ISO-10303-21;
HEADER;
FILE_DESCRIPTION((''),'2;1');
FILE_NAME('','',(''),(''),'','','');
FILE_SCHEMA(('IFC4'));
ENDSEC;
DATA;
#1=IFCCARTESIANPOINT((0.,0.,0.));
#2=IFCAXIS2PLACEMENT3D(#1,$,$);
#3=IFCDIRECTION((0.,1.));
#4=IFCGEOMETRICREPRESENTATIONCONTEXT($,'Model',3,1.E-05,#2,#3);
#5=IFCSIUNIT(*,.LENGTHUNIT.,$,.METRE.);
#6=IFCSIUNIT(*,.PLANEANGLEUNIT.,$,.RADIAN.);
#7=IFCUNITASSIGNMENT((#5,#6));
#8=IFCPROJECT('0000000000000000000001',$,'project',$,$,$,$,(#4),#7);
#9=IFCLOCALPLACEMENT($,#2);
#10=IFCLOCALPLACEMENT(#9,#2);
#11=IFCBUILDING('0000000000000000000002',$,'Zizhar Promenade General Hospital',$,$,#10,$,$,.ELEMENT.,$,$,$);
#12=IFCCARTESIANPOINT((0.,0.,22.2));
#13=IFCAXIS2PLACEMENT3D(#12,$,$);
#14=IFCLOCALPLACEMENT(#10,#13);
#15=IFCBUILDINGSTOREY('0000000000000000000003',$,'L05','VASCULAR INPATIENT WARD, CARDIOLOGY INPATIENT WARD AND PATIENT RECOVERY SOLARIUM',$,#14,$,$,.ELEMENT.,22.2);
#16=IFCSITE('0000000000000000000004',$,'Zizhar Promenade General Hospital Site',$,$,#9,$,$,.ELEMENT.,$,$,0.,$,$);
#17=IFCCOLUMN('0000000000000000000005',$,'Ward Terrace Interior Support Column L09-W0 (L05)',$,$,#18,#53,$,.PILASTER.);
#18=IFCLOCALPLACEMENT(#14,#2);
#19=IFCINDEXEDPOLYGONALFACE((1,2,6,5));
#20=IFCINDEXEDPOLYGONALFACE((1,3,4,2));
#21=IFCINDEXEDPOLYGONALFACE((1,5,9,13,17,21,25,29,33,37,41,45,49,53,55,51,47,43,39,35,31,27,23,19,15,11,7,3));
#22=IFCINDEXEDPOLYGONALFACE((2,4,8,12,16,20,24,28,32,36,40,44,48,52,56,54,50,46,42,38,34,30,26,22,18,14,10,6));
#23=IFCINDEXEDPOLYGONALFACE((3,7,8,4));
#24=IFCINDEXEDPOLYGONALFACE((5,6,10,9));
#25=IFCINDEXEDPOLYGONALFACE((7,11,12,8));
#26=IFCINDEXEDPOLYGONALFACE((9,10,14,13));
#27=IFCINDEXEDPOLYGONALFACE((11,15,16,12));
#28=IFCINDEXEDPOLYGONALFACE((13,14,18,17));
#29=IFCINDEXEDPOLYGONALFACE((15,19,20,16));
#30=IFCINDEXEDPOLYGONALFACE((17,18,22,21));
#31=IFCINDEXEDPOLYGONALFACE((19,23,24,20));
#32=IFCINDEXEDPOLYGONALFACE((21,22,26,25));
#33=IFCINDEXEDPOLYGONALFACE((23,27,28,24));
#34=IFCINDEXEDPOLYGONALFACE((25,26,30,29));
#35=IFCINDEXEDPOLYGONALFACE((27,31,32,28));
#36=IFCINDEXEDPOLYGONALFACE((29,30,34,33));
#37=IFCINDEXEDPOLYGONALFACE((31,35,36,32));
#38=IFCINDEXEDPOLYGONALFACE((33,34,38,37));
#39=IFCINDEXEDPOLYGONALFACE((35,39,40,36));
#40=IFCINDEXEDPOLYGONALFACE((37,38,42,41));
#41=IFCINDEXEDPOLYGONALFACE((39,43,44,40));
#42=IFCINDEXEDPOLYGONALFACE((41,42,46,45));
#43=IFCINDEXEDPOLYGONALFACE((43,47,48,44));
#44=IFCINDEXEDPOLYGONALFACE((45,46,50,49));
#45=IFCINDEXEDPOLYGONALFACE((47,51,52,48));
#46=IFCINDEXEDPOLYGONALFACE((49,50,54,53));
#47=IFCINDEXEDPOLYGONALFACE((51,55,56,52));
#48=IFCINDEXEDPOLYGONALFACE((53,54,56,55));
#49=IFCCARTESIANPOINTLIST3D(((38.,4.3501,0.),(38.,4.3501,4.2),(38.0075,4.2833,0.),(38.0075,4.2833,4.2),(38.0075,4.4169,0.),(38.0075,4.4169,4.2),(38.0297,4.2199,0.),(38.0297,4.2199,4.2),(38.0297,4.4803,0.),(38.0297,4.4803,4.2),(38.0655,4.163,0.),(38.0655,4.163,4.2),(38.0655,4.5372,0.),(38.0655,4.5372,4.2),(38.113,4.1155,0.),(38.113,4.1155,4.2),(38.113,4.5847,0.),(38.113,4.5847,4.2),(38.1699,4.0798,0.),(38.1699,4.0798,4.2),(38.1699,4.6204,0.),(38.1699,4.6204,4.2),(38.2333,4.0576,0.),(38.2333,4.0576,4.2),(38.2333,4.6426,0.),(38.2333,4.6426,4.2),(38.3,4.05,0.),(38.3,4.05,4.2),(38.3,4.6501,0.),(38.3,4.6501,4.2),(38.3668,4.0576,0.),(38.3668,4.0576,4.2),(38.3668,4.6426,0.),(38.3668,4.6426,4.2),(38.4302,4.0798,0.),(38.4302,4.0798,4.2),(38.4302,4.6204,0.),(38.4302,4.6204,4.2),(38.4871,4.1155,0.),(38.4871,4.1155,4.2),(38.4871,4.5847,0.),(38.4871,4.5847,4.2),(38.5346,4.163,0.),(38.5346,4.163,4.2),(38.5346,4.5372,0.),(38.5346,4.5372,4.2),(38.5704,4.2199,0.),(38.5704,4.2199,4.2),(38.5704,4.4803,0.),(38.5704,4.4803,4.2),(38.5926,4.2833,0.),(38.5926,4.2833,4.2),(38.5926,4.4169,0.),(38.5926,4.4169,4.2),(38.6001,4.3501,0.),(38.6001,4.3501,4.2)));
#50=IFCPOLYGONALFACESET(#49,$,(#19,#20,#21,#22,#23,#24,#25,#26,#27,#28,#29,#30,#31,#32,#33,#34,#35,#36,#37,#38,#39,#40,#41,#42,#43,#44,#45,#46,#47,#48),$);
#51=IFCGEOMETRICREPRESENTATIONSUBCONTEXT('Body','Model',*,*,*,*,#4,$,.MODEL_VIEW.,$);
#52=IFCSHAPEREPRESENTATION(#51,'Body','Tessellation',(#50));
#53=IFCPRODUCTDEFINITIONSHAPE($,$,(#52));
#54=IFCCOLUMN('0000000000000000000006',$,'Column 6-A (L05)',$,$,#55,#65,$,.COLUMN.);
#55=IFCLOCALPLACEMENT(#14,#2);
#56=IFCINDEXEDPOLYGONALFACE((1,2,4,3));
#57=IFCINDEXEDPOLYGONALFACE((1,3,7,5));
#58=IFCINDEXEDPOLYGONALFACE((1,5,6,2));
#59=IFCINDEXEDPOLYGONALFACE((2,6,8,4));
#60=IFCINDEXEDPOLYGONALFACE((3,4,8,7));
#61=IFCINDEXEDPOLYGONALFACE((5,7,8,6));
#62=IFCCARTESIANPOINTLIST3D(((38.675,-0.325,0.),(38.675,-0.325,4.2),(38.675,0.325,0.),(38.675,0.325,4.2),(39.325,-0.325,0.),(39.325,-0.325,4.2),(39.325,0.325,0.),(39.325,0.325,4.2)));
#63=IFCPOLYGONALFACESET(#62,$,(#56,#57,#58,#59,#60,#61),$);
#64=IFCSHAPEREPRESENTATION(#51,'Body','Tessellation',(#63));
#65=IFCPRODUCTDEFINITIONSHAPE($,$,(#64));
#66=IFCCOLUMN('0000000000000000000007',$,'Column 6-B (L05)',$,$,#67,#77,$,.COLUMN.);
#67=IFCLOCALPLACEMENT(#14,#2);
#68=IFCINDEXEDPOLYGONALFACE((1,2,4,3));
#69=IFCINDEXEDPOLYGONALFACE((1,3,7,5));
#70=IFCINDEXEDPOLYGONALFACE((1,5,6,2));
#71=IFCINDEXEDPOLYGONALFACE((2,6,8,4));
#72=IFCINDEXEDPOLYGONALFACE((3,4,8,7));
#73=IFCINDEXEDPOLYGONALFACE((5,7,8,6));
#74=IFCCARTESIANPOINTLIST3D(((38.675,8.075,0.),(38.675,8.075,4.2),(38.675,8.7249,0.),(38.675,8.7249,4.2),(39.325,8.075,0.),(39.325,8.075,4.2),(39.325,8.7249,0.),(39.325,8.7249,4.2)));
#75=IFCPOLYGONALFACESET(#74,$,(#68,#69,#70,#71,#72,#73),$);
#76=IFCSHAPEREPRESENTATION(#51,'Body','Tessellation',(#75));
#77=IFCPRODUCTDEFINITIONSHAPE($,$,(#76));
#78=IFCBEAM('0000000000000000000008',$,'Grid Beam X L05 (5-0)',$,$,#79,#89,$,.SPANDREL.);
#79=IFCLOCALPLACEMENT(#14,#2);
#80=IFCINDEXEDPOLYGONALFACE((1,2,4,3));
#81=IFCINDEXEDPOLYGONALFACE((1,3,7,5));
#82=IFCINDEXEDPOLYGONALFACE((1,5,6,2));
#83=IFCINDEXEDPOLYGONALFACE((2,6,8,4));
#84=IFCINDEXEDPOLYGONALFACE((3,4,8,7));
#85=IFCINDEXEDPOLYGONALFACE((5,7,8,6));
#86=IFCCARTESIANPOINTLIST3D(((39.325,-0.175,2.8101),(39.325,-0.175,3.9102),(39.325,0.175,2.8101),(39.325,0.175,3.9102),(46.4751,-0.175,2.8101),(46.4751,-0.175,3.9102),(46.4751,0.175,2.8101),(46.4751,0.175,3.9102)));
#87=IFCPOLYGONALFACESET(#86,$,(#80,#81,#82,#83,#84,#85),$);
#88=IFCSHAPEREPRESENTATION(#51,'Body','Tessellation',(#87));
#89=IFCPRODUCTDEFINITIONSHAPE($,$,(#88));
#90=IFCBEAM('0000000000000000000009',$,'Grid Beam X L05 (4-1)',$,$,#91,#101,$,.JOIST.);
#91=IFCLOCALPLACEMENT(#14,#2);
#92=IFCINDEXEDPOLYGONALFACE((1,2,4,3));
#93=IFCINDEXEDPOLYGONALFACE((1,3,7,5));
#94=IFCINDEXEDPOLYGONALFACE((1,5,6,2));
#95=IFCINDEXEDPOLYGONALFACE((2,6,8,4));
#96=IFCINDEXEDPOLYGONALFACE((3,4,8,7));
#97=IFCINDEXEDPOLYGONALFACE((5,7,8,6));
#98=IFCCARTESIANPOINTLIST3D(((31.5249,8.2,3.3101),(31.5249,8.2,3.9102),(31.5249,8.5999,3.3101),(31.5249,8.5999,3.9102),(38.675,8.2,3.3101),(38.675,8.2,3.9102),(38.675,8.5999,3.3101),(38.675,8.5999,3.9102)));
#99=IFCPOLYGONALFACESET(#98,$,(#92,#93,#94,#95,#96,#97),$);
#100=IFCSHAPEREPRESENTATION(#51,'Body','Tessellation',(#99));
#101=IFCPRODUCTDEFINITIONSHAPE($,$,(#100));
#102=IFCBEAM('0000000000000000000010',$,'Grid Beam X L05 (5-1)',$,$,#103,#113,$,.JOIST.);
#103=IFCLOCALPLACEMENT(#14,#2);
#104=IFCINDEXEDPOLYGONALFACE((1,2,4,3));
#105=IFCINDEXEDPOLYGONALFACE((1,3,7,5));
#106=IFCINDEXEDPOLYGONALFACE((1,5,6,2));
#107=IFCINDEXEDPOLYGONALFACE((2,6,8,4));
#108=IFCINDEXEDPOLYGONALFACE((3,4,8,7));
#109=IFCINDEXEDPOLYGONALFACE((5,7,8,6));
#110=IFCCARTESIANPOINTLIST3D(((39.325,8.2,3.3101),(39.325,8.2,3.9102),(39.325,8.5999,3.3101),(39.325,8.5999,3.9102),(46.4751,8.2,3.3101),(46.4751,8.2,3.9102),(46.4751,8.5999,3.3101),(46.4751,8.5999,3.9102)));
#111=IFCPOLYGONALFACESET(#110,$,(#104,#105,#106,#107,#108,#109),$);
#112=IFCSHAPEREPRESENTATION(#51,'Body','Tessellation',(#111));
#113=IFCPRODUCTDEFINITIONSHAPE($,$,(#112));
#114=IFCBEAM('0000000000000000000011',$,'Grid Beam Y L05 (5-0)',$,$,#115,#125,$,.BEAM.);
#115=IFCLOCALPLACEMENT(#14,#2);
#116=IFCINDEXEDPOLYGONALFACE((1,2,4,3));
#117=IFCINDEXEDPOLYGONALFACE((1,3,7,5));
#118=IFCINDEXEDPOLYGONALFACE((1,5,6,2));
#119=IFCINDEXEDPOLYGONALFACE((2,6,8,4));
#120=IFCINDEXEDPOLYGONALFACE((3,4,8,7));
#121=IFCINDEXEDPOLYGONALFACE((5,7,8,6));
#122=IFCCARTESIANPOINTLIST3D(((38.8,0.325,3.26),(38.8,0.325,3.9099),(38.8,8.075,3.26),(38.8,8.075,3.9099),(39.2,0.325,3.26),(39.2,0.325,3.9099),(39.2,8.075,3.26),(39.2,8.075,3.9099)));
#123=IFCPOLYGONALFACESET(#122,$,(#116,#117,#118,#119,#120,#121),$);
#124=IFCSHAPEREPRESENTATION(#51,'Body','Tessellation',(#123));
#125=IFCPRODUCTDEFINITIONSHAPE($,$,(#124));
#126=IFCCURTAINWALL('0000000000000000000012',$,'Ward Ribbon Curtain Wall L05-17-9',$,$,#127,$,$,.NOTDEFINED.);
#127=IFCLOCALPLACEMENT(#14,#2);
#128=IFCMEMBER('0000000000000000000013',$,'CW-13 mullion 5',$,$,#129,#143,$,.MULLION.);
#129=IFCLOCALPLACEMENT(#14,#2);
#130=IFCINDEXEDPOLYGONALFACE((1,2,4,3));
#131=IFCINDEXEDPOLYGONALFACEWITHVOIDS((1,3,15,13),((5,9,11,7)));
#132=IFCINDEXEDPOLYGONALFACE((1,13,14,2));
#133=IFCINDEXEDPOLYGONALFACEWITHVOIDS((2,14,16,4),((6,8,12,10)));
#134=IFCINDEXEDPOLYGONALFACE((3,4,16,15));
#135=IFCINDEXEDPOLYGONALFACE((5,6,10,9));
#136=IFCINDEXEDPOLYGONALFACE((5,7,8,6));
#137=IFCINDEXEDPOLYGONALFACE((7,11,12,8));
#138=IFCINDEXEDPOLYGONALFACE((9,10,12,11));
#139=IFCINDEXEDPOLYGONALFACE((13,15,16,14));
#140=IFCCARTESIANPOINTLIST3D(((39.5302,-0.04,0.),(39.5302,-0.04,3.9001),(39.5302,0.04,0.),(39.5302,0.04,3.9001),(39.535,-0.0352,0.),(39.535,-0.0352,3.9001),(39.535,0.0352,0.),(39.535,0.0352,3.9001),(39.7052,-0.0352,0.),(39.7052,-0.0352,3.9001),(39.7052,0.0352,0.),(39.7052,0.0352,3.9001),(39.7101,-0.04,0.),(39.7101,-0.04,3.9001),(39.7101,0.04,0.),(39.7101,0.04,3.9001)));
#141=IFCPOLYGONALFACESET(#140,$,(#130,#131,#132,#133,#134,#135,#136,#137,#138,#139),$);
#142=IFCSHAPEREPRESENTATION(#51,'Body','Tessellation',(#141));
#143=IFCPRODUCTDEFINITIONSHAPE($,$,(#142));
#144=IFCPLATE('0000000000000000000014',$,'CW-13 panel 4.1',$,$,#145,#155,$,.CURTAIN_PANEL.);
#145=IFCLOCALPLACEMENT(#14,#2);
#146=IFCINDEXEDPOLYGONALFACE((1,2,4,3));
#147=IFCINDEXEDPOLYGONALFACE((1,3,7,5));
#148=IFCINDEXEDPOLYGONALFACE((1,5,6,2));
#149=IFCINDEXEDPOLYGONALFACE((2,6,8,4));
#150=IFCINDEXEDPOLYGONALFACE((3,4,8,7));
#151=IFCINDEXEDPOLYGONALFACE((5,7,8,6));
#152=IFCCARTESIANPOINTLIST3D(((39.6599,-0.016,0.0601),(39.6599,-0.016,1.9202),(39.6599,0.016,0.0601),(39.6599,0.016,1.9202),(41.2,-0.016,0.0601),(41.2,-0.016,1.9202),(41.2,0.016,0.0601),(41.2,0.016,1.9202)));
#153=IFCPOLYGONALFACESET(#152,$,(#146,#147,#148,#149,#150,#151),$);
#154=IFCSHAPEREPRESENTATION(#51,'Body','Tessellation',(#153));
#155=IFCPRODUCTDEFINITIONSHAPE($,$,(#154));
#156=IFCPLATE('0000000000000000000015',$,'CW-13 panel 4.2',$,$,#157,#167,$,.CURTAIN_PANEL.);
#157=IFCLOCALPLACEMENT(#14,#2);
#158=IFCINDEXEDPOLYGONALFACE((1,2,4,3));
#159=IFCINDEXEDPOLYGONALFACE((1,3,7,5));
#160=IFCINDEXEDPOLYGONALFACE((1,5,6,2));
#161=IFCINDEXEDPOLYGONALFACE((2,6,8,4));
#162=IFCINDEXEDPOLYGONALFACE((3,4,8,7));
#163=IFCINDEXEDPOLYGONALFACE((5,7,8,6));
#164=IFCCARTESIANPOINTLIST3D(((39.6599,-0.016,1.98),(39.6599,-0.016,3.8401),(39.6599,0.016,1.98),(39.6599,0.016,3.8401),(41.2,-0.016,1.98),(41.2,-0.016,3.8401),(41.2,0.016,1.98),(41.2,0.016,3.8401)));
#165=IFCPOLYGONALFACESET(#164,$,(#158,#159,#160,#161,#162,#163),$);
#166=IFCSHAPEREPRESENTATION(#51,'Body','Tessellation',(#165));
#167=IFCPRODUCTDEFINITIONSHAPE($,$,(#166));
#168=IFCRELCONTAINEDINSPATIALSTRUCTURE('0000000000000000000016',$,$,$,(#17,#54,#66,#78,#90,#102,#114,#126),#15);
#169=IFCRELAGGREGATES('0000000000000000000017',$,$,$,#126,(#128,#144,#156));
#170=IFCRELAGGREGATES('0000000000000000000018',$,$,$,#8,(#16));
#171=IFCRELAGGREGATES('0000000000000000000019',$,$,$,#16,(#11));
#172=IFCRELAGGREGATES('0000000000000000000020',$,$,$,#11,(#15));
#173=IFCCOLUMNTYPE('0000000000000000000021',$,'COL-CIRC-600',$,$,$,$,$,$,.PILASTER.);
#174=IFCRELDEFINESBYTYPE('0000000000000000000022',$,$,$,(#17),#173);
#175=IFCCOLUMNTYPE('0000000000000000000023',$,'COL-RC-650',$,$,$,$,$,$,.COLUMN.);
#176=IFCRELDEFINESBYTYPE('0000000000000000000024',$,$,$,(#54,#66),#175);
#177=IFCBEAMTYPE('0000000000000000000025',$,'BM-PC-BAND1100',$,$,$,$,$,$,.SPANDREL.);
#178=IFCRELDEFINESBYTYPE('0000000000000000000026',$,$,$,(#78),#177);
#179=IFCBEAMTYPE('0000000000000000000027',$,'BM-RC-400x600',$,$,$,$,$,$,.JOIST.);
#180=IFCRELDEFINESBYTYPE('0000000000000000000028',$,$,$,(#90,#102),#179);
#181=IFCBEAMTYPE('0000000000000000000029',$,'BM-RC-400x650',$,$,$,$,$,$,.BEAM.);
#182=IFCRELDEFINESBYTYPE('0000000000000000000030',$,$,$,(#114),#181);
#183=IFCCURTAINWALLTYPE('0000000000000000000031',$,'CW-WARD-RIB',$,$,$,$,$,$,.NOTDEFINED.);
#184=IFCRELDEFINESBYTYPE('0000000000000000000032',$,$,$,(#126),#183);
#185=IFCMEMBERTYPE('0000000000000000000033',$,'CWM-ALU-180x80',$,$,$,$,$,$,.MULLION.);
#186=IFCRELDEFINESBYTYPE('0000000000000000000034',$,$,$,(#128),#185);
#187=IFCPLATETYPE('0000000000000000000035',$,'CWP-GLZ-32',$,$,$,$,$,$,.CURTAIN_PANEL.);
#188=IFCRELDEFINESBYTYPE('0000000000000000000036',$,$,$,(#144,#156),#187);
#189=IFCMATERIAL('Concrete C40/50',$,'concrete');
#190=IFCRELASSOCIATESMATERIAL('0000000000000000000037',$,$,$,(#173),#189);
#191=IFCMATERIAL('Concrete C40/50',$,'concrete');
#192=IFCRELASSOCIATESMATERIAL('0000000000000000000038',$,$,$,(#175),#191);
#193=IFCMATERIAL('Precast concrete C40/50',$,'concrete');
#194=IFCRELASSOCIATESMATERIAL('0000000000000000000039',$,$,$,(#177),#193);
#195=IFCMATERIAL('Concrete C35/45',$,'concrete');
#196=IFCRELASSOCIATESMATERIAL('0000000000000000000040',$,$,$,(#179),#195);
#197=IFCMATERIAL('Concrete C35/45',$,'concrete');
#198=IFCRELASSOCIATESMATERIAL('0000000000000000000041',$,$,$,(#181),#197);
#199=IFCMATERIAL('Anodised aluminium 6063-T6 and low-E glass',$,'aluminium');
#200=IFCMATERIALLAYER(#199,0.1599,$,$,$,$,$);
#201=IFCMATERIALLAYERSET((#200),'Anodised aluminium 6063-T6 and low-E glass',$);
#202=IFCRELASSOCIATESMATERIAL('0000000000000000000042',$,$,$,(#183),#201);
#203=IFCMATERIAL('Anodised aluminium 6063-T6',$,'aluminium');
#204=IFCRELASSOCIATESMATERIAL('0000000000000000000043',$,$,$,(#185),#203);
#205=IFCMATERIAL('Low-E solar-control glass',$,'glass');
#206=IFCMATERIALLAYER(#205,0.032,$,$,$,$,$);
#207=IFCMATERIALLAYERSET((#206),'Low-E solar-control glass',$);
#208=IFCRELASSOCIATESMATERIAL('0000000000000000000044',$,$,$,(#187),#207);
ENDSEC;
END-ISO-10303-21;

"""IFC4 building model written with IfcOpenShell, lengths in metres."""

from ifc_helpers import new_model, si_unit, direction, frame, origin, origin_2d, place, context, subcontext, project, spatial, rectangle, hollow_rectangle, circle, extrude, material, layer, layer_set, material_profile, profile_set, type_object, element, aggregate, save


model = new_model("IFC4")

# Units and contexts
model_context = context("Model", 3, precision=1e-05, world=origin(), true_north=direction((0.0, 1.0)))
body_context = subcontext(model_context, "Body", "Model", "MODEL_VIEW")
ifc_project = project(units=[si_unit("LENGTHUNIT", "METRE"), si_unit("PLANEANGLEUNIT", "RADIAN")], contexts=[model_context])

# Site, building, storey
site_placement = place(None, origin())
site = spatial("IfcSite", under=ifc_project, at=site_placement, Name="Zizhar Promenade General Hospital Site", CompositionType="ELEMENT", RefElevation=0.0)
building_placement = place(site_placement, origin())
building = spatial("IfcBuilding", under=site, at=building_placement, Name="Zizhar Promenade General Hospital", CompositionType="ELEMENT")
storey_placement = place(building_placement, frame((0.0, 0.0, 22.2)))
storey = spatial("IfcBuildingStorey", under=building, at=storey_placement, Name="L05", Description="VASCULAR INPATIENT WARD, CARDIOLOGY INPATIENT WARD AND PATIENT RECOVERY SOLARIUM", CompositionType="ELEMENT", Elevation=22.2)

# Columns
ifc_material_1 = material(Name="Concrete C40/50", Category="concrete")
ifc_material_profile_1 = material_profile(ifc_material_1, circle(Radius=0.3, at=origin_2d()))
ifc_profile_set_1 = profile_set([ifc_material_profile_1], Name="Concrete C40/50")
column_type_1 = type_object("IfcColumnType", Name="COL-CIRC-600", PredefinedType="PILASTER", material=ifc_profile_set_1)
column_placement = place(storey_placement, frame((38.3, 4.3501, 0.0), z_axis=(0.0, 0.0, 1.0), x_axis=(1.0, 0.0, 0.0)))
element("IfcColumn", 1, at=column_placement, inside=storey, type_object=column_type_1, Name="Ward Terrace Interior Support Column L09-W0 (L05)", PredefinedType="PILASTER", context=body_context, shape_type="SweptSolid", body=[
    extrude(circle(Radius=0.3, at=origin_2d()), origin(), (0.0, 0.0, 1.0), 4.2),
])
ifc_material_2 = material(Name="Concrete C40/50", Category="concrete")
ifc_material_profile_2 = material_profile(ifc_material_2, rectangle(XDim=0.6499, YDim=0.6499, at=origin_2d()))
ifc_profile_set_2 = profile_set([ifc_material_profile_2], Name="Concrete C40/50")
column_type_2 = type_object("IfcColumnType", Name="COL-RC-650", PredefinedType="COLUMN", material=ifc_profile_set_2)
for number, where, z_axis, x_axis, name in (
    (2, (39.0, 0.0, 0.0), (0.0, 0.0, 1.0), (1.0, 0.0, 0.0), "Column 6-A (L05)"),
    (3, (39.0, 8.3999, 0.0), (0.0, 0.0, 1.0), (1.0, 0.0, 0.0), "Column 6-B (L05)"),
):
    element("IfcColumn", number, at=place(storey_placement, frame(where, z_axis=z_axis, x_axis=x_axis)), inside=storey, type_object=column_type_2, Name=name, PredefinedType="COLUMN", context=body_context, shape_type="SweptSolid", body=[
        extrude(rectangle(XDim=0.6499, YDim=0.6499, at=origin_2d()), origin(), (0.0, 0.0, 1.0), 4.2),
    ])

# Beams
ifc_material_3 = material(Name="Precast concrete C40/50", Category="concrete")
ifc_material_profile_3 = material_profile(ifc_material_3, rectangle(XDim=0.3501, YDim=1.1001, at=origin_2d()))
ifc_profile_set_3 = profile_set([ifc_material_profile_3], Name="Precast concrete C40/50")
beam_type_1 = type_object("IfcBeamType", Name="BM-PC-BAND1100", PredefinedType="SPANDREL", material=ifc_profile_set_3)
beam_1_placement = place(storey_placement, frame((39.325, 0.0, 3.3601), z_axis=(1.0, 0.0, 0.0), x_axis=(0.0, 1.0, 0.0)))
element("IfcBeam", 4, at=beam_1_placement, inside=storey, type_object=beam_type_1, Name="Grid Beam X L05 (5-0)", PredefinedType="SPANDREL", context=body_context, shape_type="SweptSolid", body=[
    extrude(rectangle(XDim=0.3501, YDim=1.1001, at=origin_2d()), origin(), (0.0, 0.0, 1.0), 7.1501),
])
ifc_material_4 = material(Name="Concrete C35/45", Category="concrete")
ifc_material_profile_4 = material_profile(ifc_material_4, rectangle(XDim=0.3999, YDim=0.6001, at=origin_2d()))
ifc_profile_set_4 = profile_set([ifc_material_profile_4], Name="Concrete C35/45")
beam_type_2 = type_object("IfcBeamType", Name="BM-RC-400x600", PredefinedType="JOIST", material=ifc_profile_set_4)
for number, where, z_axis, x_axis, name in (
    (5, (31.5249, 8.3999, 3.6101), (1.0, 0.0, 0.0), (0.0, 1.0, 0.0), "Grid Beam X L05 (4-1)"),
    (6, (39.325, 8.3999, 3.6101), (1.0, 0.0, 0.0), (0.0, 1.0, 0.0), "Grid Beam X L05 (5-1)"),
):
    element("IfcBeam", number, at=place(storey_placement, frame(where, z_axis=z_axis, x_axis=x_axis)), inside=storey, type_object=beam_type_2, Name=name, PredefinedType="JOIST", context=body_context, shape_type="SweptSolid", body=[
        extrude(rectangle(XDim=0.3999, YDim=0.6001, at=origin_2d()), origin(), (0.0, 0.0, 1.0), 7.1501),
    ])
ifc_material_5 = material(Name="Concrete C35/45", Category="concrete")
ifc_material_profile_5 = material_profile(ifc_material_5, rectangle(XDim=0.3999, YDim=0.6499, at=origin_2d()))
ifc_profile_set_5 = profile_set([ifc_material_profile_5], Name="Concrete C35/45")
beam_type_3 = type_object("IfcBeamType", Name="BM-RC-400x650", PredefinedType="BEAM", material=ifc_profile_set_5)
beam_2_placement = place(storey_placement, frame((39.0, 0.325, 3.585), z_axis=(0.0, 1.0, 0.0), x_axis=(-1.0, 0.0, 0.0)))
element("IfcBeam", 7, at=beam_2_placement, inside=storey, type_object=beam_type_3, Name="Grid Beam Y L05 (5-0)", PredefinedType="BEAM", context=body_context, shape_type="SweptSolid", body=[
    extrude(rectangle(XDim=0.3999, YDim=0.6499, at=origin_2d()), origin(), (0.0, 0.0, 1.0), 7.75),
])

# Curtain wall, member, plates
ifc_material_6 = material(Name="Anodised aluminium 6063-T6 and low-E glass", Category="aluminium")
ifc_layer_1 = layer(ifc_material_6, 0.1599)
ifc_layer_set_1 = layer_set([ifc_layer_1], Name="Anodised aluminium 6063-T6 and low-E glass")
curtain_wall_type = type_object("IfcCurtainWallType", Name="CW-WARD-RIB", PredefinedType="NOTDEFINED", material=ifc_layer_set_1)
curtain_wall_placement = place(storey_placement, origin())
curtain_wall = element("IfcCurtainWall", 8, at=curtain_wall_placement, inside=storey, type_object=curtain_wall_type, Name="Ward Ribbon Curtain Wall L05-17-9", PredefinedType="NOTDEFINED")
ifc_material_7 = material(Name="Anodised aluminium 6063-T6", Category="aluminium")
ifc_material_profile_6 = material_profile(ifc_material_7, hollow_rectangle(XDim=0.0801, YDim=0.1799, WallThickness=0.0049, at=origin_2d()))
ifc_profile_set_6 = profile_set([ifc_material_profile_6], Name="Anodised aluminium 6063-T6")
member_type = type_object("IfcMemberType", Name="CWM-ALU-180x80", PredefinedType="MULLION", material=ifc_profile_set_6)
member_placement = place(storey_placement, frame((39.6201, 0.0, 0.0), z_axis=(0.0, 0.0, 1.0), x_axis=(0.0, -1.0, 0.0)))
member = element("IfcMember", 9, at=member_placement, type_object=member_type, Name="CW-13 mullion 5", PredefinedType="MULLION", context=body_context, shape_type="SweptSolid", body=[
    extrude(hollow_rectangle(XDim=0.0801, YDim=0.1799, WallThickness=0.0049, at=origin_2d()), origin(), (0.0, 0.0, 1.0), 3.9001),
])
ifc_material_8 = material(Name="Low-E solar-control glass", Category="glass")
ifc_layer_2 = layer(ifc_material_8, 0.032)
ifc_layer_set_2 = layer_set([ifc_layer_2], Name="Low-E solar-control glass")
plate_type = type_object("IfcPlateType", Name="CWP-GLZ-32", PredefinedType="CURTAIN_PANEL", material=ifc_layer_set_2)
plate_1_placement = place(storey_placement, frame((40.4299, 0.0, 0.0601), z_axis=(0.0, 0.0, 1.0), x_axis=(-1.0, 0.0, 0.0)))
plate_1 = element("IfcPlate", 10, at=plate_1_placement, type_object=plate_type, Name="CW-13 panel 4.1", PredefinedType="CURTAIN_PANEL", context=body_context, shape_type="SweptSolid", body=[
    extrude(rectangle(XDim=1.54, YDim=0.032, at=origin_2d()), origin(), (0.0, 0.0, 1.0), 1.8601),
])
plate_2_placement = place(storey_placement, frame((40.4299, 0.0, 1.98), z_axis=(0.0, 0.0, 1.0), x_axis=(-1.0, 0.0, 0.0)))
plate_2 = element("IfcPlate", 11, at=plate_2_placement, type_object=plate_type, Name="CW-13 panel 4.2", PredefinedType="CURTAIN_PANEL", context=body_context, shape_type="SweptSolid", body=[
    extrude(rectangle(XDim=1.54, YDim=0.032, at=origin_2d()), origin(), (0.0, 0.0, 1.0), 1.8601),
])
aggregate(curtain_wall, [member, plate_1, plate_2])

save(model, "model.ifc")
